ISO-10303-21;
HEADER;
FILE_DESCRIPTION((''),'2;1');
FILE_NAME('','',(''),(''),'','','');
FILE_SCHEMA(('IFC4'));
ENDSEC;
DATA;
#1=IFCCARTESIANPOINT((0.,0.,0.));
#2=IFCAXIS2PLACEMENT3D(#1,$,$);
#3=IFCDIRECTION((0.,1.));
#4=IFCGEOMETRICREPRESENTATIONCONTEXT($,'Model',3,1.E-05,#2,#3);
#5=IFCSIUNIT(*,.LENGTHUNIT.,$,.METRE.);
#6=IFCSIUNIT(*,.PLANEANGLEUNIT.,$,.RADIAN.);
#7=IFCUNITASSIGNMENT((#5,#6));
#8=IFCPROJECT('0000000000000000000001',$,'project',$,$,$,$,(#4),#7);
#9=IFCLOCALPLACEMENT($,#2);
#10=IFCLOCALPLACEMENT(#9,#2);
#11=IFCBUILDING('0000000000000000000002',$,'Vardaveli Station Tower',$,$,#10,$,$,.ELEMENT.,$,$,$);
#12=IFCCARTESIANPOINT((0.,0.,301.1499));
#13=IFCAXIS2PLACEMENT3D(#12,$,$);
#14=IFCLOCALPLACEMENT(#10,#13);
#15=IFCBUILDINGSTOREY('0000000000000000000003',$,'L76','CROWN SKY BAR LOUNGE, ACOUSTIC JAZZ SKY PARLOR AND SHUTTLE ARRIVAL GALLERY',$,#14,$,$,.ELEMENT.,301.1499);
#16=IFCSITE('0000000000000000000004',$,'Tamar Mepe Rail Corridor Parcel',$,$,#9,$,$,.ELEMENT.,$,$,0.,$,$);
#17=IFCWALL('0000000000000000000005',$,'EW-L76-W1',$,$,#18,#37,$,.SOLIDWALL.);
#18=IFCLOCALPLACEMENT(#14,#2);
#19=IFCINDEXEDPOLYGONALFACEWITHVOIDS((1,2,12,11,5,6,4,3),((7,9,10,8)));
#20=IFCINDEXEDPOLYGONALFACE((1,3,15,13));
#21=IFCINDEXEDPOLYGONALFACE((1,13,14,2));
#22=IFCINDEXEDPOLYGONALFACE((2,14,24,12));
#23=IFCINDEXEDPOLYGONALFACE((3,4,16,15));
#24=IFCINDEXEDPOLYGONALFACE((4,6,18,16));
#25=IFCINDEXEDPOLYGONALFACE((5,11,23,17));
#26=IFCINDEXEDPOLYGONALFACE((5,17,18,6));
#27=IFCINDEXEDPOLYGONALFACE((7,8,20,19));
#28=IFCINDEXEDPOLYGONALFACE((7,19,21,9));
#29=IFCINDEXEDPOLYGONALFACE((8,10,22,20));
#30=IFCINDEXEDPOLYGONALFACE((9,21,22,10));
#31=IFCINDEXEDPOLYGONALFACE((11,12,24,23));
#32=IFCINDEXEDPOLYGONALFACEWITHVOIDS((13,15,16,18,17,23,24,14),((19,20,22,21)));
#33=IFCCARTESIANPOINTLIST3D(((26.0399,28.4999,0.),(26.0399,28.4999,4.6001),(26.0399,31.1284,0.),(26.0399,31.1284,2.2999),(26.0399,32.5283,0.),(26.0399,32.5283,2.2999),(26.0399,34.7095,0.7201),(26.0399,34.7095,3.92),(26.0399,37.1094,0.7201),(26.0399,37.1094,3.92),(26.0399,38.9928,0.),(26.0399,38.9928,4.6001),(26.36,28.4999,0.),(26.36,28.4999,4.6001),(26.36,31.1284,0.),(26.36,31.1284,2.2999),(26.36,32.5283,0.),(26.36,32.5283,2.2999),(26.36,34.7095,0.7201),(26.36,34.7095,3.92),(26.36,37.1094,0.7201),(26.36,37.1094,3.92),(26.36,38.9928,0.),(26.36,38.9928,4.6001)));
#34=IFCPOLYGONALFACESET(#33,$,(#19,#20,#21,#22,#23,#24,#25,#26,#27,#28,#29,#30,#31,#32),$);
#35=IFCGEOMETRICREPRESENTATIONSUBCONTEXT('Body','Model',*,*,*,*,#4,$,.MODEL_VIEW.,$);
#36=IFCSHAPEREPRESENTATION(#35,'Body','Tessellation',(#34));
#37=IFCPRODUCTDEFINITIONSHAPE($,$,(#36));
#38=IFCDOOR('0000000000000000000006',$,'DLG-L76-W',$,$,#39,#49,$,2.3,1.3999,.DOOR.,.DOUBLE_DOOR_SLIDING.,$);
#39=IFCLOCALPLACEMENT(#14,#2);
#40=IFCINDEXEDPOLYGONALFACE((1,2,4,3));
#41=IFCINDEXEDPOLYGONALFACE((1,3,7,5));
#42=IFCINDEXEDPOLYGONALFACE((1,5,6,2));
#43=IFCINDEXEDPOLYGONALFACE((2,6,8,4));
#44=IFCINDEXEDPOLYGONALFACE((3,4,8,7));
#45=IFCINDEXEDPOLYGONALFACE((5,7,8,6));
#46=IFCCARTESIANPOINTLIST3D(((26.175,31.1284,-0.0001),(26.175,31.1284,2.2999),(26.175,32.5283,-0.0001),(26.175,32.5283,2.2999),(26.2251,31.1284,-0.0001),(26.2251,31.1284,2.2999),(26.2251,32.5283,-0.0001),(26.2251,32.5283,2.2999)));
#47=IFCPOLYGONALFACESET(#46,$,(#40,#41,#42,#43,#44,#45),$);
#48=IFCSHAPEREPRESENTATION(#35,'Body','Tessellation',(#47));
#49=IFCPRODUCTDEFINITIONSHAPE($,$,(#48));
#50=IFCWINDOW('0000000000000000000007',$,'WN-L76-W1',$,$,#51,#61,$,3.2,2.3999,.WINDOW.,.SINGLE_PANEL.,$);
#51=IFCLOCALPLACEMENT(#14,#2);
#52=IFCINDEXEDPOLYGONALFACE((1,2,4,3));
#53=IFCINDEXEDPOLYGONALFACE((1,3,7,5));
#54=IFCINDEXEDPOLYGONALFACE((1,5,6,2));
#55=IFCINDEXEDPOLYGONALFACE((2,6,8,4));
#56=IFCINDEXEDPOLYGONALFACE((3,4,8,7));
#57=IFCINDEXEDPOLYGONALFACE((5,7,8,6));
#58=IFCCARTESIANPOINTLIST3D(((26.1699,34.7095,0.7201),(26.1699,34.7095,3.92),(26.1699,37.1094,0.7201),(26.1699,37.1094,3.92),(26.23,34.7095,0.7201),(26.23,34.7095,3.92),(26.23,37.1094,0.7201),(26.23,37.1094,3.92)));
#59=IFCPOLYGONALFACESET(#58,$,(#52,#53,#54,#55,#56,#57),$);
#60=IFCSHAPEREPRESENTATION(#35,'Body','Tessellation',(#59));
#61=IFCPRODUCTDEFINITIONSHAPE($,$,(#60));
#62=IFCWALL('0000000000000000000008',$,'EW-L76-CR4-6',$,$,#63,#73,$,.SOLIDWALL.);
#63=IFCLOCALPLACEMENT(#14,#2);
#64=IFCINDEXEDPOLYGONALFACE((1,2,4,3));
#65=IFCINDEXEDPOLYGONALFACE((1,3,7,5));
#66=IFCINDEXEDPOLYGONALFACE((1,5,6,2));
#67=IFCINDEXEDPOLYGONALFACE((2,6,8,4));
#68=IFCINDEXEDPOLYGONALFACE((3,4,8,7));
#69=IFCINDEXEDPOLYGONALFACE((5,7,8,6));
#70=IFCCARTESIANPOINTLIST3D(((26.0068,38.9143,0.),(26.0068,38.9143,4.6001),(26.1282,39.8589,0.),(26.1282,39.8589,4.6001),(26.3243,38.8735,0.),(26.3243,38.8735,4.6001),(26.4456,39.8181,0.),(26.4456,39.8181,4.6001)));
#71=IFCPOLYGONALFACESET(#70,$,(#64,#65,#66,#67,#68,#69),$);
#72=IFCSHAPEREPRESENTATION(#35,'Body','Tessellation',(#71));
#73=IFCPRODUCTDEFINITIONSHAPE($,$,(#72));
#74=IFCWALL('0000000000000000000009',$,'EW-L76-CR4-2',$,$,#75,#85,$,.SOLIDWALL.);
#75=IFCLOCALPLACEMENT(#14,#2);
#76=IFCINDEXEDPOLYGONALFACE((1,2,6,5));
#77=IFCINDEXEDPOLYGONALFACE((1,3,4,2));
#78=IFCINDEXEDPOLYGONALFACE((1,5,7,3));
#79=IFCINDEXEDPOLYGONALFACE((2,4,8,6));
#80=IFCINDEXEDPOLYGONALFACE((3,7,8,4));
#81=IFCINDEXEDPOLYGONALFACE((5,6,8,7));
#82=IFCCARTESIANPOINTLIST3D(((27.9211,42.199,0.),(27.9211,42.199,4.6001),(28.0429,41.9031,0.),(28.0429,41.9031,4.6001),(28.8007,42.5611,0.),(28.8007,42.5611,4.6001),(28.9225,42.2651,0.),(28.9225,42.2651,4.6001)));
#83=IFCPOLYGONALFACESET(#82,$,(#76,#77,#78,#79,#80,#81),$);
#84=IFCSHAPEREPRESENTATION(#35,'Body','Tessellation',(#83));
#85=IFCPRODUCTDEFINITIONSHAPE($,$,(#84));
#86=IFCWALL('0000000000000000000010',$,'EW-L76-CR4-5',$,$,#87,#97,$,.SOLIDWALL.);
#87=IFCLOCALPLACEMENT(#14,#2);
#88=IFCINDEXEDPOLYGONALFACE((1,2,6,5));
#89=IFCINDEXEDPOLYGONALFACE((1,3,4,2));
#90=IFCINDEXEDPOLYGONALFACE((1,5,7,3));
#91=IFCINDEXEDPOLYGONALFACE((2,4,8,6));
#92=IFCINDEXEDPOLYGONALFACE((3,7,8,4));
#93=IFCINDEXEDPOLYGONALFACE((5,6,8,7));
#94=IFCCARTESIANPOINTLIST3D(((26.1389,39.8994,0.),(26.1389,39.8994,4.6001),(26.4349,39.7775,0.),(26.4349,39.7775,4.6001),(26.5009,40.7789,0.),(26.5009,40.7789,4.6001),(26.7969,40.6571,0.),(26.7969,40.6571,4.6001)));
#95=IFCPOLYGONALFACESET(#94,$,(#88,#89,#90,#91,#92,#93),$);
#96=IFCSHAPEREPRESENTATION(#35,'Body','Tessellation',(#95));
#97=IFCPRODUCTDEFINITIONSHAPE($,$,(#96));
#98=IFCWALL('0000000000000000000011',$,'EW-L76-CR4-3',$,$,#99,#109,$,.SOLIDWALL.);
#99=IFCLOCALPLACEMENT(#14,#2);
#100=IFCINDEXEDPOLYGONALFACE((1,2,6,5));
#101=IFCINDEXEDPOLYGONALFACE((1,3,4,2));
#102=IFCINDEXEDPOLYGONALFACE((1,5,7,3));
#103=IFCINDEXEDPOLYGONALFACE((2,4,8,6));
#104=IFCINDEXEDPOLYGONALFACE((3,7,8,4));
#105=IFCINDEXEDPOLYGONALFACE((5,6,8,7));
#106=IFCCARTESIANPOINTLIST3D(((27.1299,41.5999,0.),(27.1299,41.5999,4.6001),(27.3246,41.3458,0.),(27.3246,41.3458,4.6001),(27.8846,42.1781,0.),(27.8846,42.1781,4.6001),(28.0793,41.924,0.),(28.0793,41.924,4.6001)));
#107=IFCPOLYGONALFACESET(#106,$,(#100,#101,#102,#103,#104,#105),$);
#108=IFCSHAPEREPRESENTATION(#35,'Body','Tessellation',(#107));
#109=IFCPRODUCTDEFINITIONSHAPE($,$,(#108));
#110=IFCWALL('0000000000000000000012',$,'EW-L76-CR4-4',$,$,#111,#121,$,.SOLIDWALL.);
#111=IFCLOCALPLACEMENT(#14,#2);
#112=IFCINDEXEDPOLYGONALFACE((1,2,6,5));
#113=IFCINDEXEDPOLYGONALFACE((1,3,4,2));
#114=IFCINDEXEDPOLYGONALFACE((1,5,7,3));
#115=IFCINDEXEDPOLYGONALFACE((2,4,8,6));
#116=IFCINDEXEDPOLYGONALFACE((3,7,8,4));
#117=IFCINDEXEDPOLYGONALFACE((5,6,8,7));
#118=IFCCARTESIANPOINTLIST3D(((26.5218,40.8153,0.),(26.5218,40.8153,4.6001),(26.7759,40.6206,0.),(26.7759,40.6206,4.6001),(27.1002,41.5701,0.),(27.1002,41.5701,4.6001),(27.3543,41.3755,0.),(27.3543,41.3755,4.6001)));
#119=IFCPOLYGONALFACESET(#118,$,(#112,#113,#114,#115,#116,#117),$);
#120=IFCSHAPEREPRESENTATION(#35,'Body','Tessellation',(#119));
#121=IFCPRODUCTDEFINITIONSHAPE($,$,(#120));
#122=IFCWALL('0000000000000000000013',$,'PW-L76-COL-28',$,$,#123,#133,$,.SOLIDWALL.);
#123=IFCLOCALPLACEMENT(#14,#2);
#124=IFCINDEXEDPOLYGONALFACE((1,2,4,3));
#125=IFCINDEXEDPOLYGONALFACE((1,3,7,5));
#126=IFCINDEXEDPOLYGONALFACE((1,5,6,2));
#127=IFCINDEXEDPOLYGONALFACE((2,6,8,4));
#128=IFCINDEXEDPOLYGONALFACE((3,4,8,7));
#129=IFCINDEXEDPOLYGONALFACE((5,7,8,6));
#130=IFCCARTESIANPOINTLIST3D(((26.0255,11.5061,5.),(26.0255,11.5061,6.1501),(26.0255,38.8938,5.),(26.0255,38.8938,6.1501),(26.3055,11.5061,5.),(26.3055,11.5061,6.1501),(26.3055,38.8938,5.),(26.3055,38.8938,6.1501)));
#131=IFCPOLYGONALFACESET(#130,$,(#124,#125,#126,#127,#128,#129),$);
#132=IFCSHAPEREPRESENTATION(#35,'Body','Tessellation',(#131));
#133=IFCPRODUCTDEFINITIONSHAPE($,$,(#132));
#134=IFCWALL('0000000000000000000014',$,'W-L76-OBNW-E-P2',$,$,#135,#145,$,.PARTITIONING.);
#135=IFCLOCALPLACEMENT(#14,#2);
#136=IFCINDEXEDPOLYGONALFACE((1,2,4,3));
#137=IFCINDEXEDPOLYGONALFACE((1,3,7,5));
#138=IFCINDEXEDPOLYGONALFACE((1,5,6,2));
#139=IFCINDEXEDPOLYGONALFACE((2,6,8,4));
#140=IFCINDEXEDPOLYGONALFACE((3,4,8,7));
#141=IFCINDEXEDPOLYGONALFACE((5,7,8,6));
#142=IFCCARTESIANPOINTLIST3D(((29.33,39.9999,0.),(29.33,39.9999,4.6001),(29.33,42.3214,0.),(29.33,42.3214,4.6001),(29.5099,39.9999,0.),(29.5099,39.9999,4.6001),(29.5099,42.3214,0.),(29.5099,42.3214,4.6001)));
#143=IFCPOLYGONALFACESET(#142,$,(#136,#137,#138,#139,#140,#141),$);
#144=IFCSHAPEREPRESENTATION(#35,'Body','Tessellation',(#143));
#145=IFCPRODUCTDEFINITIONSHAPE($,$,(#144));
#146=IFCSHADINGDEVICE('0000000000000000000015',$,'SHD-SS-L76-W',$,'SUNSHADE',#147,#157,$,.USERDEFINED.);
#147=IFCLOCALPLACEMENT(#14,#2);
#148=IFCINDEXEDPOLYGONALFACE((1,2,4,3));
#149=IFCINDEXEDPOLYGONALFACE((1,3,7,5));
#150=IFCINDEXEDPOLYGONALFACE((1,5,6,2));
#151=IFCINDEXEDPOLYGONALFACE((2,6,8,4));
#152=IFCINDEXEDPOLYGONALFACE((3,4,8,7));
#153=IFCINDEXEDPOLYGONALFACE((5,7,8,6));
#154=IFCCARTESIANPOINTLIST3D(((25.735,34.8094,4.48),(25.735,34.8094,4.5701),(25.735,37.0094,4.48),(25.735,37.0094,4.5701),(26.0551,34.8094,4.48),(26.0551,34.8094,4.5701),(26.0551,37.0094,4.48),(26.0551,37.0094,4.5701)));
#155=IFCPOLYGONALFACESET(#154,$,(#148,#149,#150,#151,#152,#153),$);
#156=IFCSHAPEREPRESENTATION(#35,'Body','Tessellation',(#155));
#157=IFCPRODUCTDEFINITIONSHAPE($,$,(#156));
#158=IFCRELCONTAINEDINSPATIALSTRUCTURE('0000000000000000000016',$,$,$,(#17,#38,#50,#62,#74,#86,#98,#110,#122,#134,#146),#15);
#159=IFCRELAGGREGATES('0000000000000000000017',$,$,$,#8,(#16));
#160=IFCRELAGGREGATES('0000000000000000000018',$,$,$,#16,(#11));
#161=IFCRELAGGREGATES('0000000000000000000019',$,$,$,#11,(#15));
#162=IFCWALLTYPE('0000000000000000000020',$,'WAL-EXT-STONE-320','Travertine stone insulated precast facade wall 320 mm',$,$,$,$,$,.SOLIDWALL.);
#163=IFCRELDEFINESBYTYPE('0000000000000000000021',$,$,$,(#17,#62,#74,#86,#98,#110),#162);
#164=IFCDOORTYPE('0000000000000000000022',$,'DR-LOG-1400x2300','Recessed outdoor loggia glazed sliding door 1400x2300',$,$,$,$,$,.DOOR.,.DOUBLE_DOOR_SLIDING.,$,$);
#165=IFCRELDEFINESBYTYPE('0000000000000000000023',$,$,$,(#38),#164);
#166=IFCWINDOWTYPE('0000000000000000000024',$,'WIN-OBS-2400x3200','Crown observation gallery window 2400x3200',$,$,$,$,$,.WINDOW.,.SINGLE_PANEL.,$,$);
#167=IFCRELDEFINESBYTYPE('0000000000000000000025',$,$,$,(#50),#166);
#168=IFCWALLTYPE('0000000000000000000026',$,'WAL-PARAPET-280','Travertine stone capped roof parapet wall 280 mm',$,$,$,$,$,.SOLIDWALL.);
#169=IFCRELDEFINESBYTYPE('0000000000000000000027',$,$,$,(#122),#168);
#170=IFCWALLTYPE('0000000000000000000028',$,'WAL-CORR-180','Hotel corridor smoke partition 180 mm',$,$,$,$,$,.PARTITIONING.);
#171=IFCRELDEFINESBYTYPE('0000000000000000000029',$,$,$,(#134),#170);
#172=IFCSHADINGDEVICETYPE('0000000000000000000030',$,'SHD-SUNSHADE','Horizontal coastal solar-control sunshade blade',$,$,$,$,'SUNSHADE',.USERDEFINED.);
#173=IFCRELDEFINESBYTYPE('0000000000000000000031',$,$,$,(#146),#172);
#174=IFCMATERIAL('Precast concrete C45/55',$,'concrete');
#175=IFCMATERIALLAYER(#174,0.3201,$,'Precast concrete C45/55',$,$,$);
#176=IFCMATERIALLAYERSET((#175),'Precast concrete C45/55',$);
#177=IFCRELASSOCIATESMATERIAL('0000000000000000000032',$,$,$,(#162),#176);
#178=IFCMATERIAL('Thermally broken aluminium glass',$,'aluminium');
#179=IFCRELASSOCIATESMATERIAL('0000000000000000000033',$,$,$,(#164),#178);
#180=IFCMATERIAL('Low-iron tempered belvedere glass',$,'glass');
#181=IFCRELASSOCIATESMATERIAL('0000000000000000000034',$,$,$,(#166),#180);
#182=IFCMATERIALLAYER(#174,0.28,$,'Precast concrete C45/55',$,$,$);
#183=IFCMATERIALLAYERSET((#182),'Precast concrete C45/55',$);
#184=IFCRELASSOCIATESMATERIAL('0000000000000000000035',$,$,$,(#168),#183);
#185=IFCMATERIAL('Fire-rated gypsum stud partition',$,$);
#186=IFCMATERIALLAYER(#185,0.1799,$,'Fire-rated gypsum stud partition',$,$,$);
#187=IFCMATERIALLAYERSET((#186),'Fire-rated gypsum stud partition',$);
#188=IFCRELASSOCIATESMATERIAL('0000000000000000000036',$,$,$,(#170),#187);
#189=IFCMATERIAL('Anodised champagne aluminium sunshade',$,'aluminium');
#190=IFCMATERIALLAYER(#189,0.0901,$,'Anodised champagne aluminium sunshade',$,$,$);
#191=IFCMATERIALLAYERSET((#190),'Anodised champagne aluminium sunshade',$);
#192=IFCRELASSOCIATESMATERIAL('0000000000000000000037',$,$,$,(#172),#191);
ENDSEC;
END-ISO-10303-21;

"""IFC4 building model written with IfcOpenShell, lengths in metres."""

from ifc_helpers import new_model, si_unit, direction, frame, frame_2d, origin, origin_2d, place, context, subcontext, project, spatial, rectangle, extrude, source, transform, mapped, material, layer, layer_set, type_object, element, fill, save


model = new_model("IFC4")

# Units and contexts
model_context = context("Model", 3, precision=1e-05, world=origin(), true_north=direction((0.0, 1.0)))
body_context = subcontext(model_context, "Body", "Model", "MODEL_VIEW")
ifc_project = project(units=[si_unit("LENGTHUNIT", "METRE"), si_unit("PLANEANGLEUNIT", "RADIAN")], contexts=[model_context])

# Site, building, storey
site_placement = place(None, origin())
site = spatial("IfcSite", under=ifc_project, at=site_placement, Name="Tamar Mepe Rail Corridor Parcel", CompositionType="ELEMENT", RefElevation=0.0)
building_placement = place(site_placement, origin())
building = spatial("IfcBuilding", under=site, at=building_placement, Name="Vardaveli Station Tower", CompositionType="ELEMENT")
storey_placement = place(building_placement, frame((0.0, 0.0, 301.1499)))
storey = spatial("IfcBuildingStorey", under=building, at=storey_placement, Name="L76", Description="CROWN SKY BAR LOUNGE, ACOUSTIC JAZZ SKY PARLOR AND SHUTTLE ARRIVAL GALLERY", CompositionType="ELEMENT", Elevation=301.1499)

# Shared definitions
ifc_material_1 = material(Name="Precast concrete C45/55", Category="concrete")

# Wall, openings, door, window
ifc_layer_1 = layer(ifc_material_1, 0.3201, Name="Precast concrete C45/55")
ifc_layer_set_1 = layer_set([ifc_layer_1], Name="Precast concrete C45/55")
wall_type_1 = type_object("IfcWallType", Name="WAL-EXT-STONE-320", Description="Travertine stone insulated precast facade wall 320 mm", PredefinedType="SOLIDWALL", material=ifc_layer_set_1)
shared_shape_1 = source(origin(), body_context, "Body", "SweptSolid", [
    extrude(rectangle(XDim=10.4929, YDim=0.3201, at=frame_2d((5.2466, 0.0))), origin(), (0.0, 0.0, 1.0), 4.6001),
])
wall_1_placement = place(storey_placement, frame((26.2, 38.9929, 0.0), z_axis=(0.0, 0.0, 1.0), x_axis=(0.0, -1.0, 0.0)))
wall_1 = element("IfcWall", 1, at=wall_1_placement, inside=storey, type_object=wall_type_1, Name="EW-L76-W1", PredefinedType="SOLIDWALL", context=body_context, shape_type="MappedRepresentation", body=[
    mapped(shared_shape_1, transform((0.0, 0.0, 0.0), scale=1.0)),
])
shared_shape_2 = source(origin(), body_context, "Body", "SweptSolid", [
    extrude(rectangle(XDim=1.3999, YDim=2.3, at=frame_2d((0.7, 1.1499))), frame((0.0, 0.1699, 0.0), z_axis=(0.0, -1.0, 0.0), x_axis=(1.0, 0.0, 0.0)), (0.0, 0.0, 1.0), 0.3401),
])
opening_1_placement = place(wall_1_placement, frame((6.4646, 0.0, 0.0)))
opening_1 = element("IfcOpeningElement", 2, at=opening_1_placement, cuts=wall_1, PredefinedType="OPENING", context=body_context, shape_type="MappedRepresentation", body=[
    mapped(shared_shape_2, transform((0.0, 0.0, 0.0), scale=1.0)),
])
shared_shape_3 = source(origin(), body_context, "Body", "SweptSolid", [
    extrude(rectangle(XDim=2.3999, YDim=3.2, at=frame_2d((1.2, 1.6001))), frame((0.0, 0.1699, 0.0), z_axis=(0.0, -1.0, 0.0), x_axis=(1.0, 0.0, 0.0)), (0.0, 0.0, 1.0), 0.3401),
])
opening_2_placement = place(wall_1_placement, frame((1.8835, 0.0, 0.72)))
opening_2 = element("IfcOpeningElement", 3, at=opening_2_placement, cuts=wall_1, PredefinedType="OPENING", context=body_context, shape_type="MappedRepresentation", body=[
    mapped(shared_shape_3, transform((0.0, 0.0, 0.0), scale=1.0)),
])
ifc_material_2 = material(Name="Thermally broken aluminium glass", Category="aluminium")
door_type = type_object("IfcDoorType", Name="DR-LOG-1400x2300", Description="Recessed outdoor loggia glazed sliding door 1400x2300", OperationType="DOUBLE_DOOR_SLIDING", PredefinedType="DOOR", material=ifc_material_2)
shared_shape_4 = source(origin(), body_context, "Body", "SweptSolid", [
    extrude(rectangle(XDim=1.3999, YDim=2.3, at=frame_2d((0.7, 1.1499))), frame((0.0, 0.0249, 0.0), z_axis=(0.0, -1.0, 0.0), x_axis=(1.0, 0.0, 0.0)), (0.0, 0.0, 1.0), 0.05),
])
door_placement = place(opening_1_placement, frame((1.3999, 0.0, 0.0), z_axis=(0.0, 0.0, 1.0), x_axis=(-1.0, 0.0, 0.0)))
door = element("IfcDoor", 4, at=door_placement, inside=storey, type_object=door_type, Name="DLG-L76-W", OperationType="DOUBLE_DOOR_SLIDING", OverallHeight=2.3, OverallWidth=1.3999, PredefinedType="DOOR", context=body_context, shape_type="MappedRepresentation", body=[
    mapped(shared_shape_4, transform((0.0, 0.0, 0.0), scale=1.0)),
])
fill(opening_1, door)
ifc_material_3 = material(Name="Low-iron tempered belvedere glass", Category="glass")
window_type = type_object("IfcWindowType", Name="WIN-OBS-2400x3200", Description="Crown observation gallery window 2400x3200", PartitioningType="SINGLE_PANEL", PredefinedType="WINDOW", material=ifc_material_3)
shared_shape_5 = source(origin(), body_context, "Body", "SweptSolid", [
    extrude(rectangle(XDim=2.3999, YDim=3.2, at=frame_2d((1.2, 1.6001))), frame((0.0, 0.03, 0.0), z_axis=(0.0, -1.0, 0.0), x_axis=(1.0, 0.0, 0.0)), (0.0, 0.0, 1.0), 0.0601),
])
window_placement = place(opening_2_placement, origin())
window = element("IfcWindow", 5, at=window_placement, inside=storey, type_object=window_type, Name="WN-L76-W1", OverallHeight=3.2, OverallWidth=2.3999, PartitioningType="SINGLE_PANEL", PredefinedType="WINDOW", context=body_context, shape_type="MappedRepresentation", body=[
    mapped(shared_shape_5, transform((0.0, 0.0, 0.0), scale=1.0)),
])
fill(opening_2, window)

# Walls
shared_shape_6 = source(origin(), body_context, "Body", "SweptSolid", [
    extrude(rectangle(XDim=0.9524, YDim=0.3201, at=frame_2d((0.4761, 0.0))), origin(), (0.0, 0.0, 1.0), 4.6001),
])
wall_2_placement = place(storey_placement, frame((26.2869, 39.8384, 0.0), z_axis=(0.0, 0.0, 1.0), x_axis=(-0.12741, -0.99185, 0.0)))
element("IfcWall", 6, at=wall_2_placement, inside=storey, type_object=wall_type_1, Name="EW-L76-CR4-6", PredefinedType="SOLIDWALL", context=body_context, shape_type="MappedRepresentation", body=[
    mapped(shared_shape_6, transform((0.0, 0.0, 0.0), scale=1.0)),
])
shared_shape_7 = source(origin(), body_context, "Body", "SweptSolid", [
    extrude(rectangle(XDim=0.9512, YDim=0.3201, at=frame_2d((0.4756, 0.0))), origin(), (0.0, 0.0, 1.0), 4.6001),
])
for number, where, z_axis, x_axis, name in (
    (7, (28.8616, 42.4131, 0.0), (0.0, 0.0, 1.0), (-0.924731, -0.380621, 0.0), "EW-L76-CR4-2"),
    (8, (26.6489, 40.718, 0.0), (0.0, 0.0, 1.0), (-0.380621, -0.924731, 0.0), "EW-L76-CR4-5"),
):
    element("IfcWall", number, at=place(storey_placement, frame(where, z_axis=z_axis, x_axis=x_axis)), inside=storey, type_object=wall_type_1, Name=name, PredefinedType="SOLIDWALL", context=body_context, shape_type="MappedRepresentation", body=[
        mapped(shared_shape_7, transform((0.0, 0.0, 0.0), scale=1.0)),
    ])
shared_shape_8 = source(origin(), body_context, "Body", "SweptSolid", [
    extrude(rectangle(XDim=0.9507, YDim=0.3201, at=frame_2d((0.4753, 0.0))), origin(), (0.0, 0.0, 1.0), 4.6001),
])
wall_3_placement = place(storey_placement, frame((27.9819, 42.051, 0.0), z_axis=(0.0, 0.0, 1.0), x_axis=(-0.793825, -0.608146, 0.0)))
element("IfcWall", 9, at=wall_3_placement, inside=storey, type_object=wall_type_1, Name="EW-L76-CR4-3", PredefinedType="SOLIDWALL", context=body_context, shape_type="MappedRepresentation", body=[
    mapped(shared_shape_8, transform((0.0, 0.0, 0.0), scale=1.0)),
])
shared_shape_9 = source(origin(), body_context, "Body", "SweptSolid", [
    extrude(rectangle(XDim=0.9509, YDim=0.3201, at=frame_2d((0.4756, 0.0))), origin(), (0.0, 0.0, 1.0), 4.6001),
])
wall_4_placement = place(storey_placement, frame((27.2273, 41.4729, 0.0), z_axis=(0.0, 0.0, 1.0), x_axis=(-0.608184, -0.793796, 0.0)))
element("IfcWall", 10, at=wall_4_placement, inside=storey, type_object=wall_type_1, Name="EW-L76-CR4-4", PredefinedType="SOLIDWALL", context=body_context, shape_type="MappedRepresentation", body=[
    mapped(shared_shape_9, transform((0.0, 0.0, 0.0), scale=1.0)),
])
ifc_layer_2 = layer(ifc_material_1, 0.28, Name="Precast concrete C45/55")
ifc_layer_set_2 = layer_set([ifc_layer_2], Name="Precast concrete C45/55")
wall_type_2 = type_object("IfcWallType", Name="WAL-PARAPET-280", Description="Travertine stone capped roof parapet wall 280 mm", PredefinedType="SOLIDWALL", material=ifc_layer_set_2)
shared_shape_10 = source(origin(), body_context, "Body", "SweptSolid", [
    extrude(rectangle(XDim=27.3877, YDim=0.28, at=frame_2d((13.6938, 0.0))), origin(), (0.0, 0.0, 1.0), 1.1501),
])
wall_5_placement = place(storey_placement, frame((26.1655, 38.8938, 5.0), z_axis=(0.0, 0.0, 1.0), x_axis=(0.0, -1.0, 0.0)))
element("IfcWall", 11, at=wall_5_placement, inside=storey, type_object=wall_type_2, Name="PW-L76-COL-28", PredefinedType="SOLIDWALL", context=body_context, shape_type="MappedRepresentation", body=[
    mapped(shared_shape_10, transform((0.0, 0.0, 0.0), scale=1.0)),
])
ifc_material_4 = material(Name="Fire-rated gypsum stud partition")
ifc_layer_3 = layer(ifc_material_4, 0.1799, Name="Fire-rated gypsum stud partition")
ifc_layer_set_3 = layer_set([ifc_layer_3], Name="Fire-rated gypsum stud partition")
wall_type_3 = type_object("IfcWallType", Name="WAL-CORR-180", Description="Hotel corridor smoke partition 180 mm", PredefinedType="PARTITIONING", material=ifc_layer_set_3)
shared_shape_11 = source(origin(), body_context, "Body", "SweptSolid", [
    extrude(rectangle(XDim=2.3215, YDim=0.1799, at=frame_2d((1.1606, 0.0))), origin(), (0.0, 0.0, 1.0), 4.6001),
])
wall_6_placement = place(storey_placement, frame((29.4199, 40.0, 0.0), z_axis=(0.0, 0.0, 1.0), x_axis=(0.0, 1.0, 0.0)))
element("IfcWall", 12, at=wall_6_placement, inside=storey, type_object=wall_type_3, Name="W-L76-OBNW-E-P2", PredefinedType="PARTITIONING", context=body_context, shape_type="MappedRepresentation", body=[
    mapped(shared_shape_11, transform((0.0, 0.0, 0.0), scale=1.0)),
])

# Shading device
ifc_material_5 = material(Name="Anodised champagne aluminium sunshade", Category="aluminium")
ifc_layer_4 = layer(ifc_material_5, 0.0901, Name="Anodised champagne aluminium sunshade")
ifc_layer_set_4 = layer_set([ifc_layer_4], Name="Anodised champagne aluminium sunshade")
shading_device_type = type_object("IfcShadingDeviceType", Name="SHD-SUNSHADE", Description="Horizontal coastal solar-control sunshade blade", ElementType="SUNSHADE", PredefinedType="USERDEFINED", material=ifc_layer_set_4)
shared_shape_12 = source(origin(), body_context, "Body", "SweptSolid", [
    extrude(rectangle(XDim=2.2, YDim=0.3201, at=origin_2d()), origin(), (0.0, 0.0, 1.0), 0.0901),
])
shading_device_placement = place(storey_placement, frame((25.895, 35.9094, 4.48), z_axis=(0.0, 0.0, 1.0), x_axis=(0.0, 1.0, 0.0)))
element("IfcShadingDevice", 13, at=shading_device_placement, inside=storey, type_object=shading_device_type, Name="SHD-SS-L76-W", ObjectType="SUNSHADE", PredefinedType="USERDEFINED", context=body_context, shape_type="MappedRepresentation", body=[
    mapped(shared_shape_12, transform((0.0, 0.0, 0.0), scale=1.0)),
])

save(model, "model.ifc")
